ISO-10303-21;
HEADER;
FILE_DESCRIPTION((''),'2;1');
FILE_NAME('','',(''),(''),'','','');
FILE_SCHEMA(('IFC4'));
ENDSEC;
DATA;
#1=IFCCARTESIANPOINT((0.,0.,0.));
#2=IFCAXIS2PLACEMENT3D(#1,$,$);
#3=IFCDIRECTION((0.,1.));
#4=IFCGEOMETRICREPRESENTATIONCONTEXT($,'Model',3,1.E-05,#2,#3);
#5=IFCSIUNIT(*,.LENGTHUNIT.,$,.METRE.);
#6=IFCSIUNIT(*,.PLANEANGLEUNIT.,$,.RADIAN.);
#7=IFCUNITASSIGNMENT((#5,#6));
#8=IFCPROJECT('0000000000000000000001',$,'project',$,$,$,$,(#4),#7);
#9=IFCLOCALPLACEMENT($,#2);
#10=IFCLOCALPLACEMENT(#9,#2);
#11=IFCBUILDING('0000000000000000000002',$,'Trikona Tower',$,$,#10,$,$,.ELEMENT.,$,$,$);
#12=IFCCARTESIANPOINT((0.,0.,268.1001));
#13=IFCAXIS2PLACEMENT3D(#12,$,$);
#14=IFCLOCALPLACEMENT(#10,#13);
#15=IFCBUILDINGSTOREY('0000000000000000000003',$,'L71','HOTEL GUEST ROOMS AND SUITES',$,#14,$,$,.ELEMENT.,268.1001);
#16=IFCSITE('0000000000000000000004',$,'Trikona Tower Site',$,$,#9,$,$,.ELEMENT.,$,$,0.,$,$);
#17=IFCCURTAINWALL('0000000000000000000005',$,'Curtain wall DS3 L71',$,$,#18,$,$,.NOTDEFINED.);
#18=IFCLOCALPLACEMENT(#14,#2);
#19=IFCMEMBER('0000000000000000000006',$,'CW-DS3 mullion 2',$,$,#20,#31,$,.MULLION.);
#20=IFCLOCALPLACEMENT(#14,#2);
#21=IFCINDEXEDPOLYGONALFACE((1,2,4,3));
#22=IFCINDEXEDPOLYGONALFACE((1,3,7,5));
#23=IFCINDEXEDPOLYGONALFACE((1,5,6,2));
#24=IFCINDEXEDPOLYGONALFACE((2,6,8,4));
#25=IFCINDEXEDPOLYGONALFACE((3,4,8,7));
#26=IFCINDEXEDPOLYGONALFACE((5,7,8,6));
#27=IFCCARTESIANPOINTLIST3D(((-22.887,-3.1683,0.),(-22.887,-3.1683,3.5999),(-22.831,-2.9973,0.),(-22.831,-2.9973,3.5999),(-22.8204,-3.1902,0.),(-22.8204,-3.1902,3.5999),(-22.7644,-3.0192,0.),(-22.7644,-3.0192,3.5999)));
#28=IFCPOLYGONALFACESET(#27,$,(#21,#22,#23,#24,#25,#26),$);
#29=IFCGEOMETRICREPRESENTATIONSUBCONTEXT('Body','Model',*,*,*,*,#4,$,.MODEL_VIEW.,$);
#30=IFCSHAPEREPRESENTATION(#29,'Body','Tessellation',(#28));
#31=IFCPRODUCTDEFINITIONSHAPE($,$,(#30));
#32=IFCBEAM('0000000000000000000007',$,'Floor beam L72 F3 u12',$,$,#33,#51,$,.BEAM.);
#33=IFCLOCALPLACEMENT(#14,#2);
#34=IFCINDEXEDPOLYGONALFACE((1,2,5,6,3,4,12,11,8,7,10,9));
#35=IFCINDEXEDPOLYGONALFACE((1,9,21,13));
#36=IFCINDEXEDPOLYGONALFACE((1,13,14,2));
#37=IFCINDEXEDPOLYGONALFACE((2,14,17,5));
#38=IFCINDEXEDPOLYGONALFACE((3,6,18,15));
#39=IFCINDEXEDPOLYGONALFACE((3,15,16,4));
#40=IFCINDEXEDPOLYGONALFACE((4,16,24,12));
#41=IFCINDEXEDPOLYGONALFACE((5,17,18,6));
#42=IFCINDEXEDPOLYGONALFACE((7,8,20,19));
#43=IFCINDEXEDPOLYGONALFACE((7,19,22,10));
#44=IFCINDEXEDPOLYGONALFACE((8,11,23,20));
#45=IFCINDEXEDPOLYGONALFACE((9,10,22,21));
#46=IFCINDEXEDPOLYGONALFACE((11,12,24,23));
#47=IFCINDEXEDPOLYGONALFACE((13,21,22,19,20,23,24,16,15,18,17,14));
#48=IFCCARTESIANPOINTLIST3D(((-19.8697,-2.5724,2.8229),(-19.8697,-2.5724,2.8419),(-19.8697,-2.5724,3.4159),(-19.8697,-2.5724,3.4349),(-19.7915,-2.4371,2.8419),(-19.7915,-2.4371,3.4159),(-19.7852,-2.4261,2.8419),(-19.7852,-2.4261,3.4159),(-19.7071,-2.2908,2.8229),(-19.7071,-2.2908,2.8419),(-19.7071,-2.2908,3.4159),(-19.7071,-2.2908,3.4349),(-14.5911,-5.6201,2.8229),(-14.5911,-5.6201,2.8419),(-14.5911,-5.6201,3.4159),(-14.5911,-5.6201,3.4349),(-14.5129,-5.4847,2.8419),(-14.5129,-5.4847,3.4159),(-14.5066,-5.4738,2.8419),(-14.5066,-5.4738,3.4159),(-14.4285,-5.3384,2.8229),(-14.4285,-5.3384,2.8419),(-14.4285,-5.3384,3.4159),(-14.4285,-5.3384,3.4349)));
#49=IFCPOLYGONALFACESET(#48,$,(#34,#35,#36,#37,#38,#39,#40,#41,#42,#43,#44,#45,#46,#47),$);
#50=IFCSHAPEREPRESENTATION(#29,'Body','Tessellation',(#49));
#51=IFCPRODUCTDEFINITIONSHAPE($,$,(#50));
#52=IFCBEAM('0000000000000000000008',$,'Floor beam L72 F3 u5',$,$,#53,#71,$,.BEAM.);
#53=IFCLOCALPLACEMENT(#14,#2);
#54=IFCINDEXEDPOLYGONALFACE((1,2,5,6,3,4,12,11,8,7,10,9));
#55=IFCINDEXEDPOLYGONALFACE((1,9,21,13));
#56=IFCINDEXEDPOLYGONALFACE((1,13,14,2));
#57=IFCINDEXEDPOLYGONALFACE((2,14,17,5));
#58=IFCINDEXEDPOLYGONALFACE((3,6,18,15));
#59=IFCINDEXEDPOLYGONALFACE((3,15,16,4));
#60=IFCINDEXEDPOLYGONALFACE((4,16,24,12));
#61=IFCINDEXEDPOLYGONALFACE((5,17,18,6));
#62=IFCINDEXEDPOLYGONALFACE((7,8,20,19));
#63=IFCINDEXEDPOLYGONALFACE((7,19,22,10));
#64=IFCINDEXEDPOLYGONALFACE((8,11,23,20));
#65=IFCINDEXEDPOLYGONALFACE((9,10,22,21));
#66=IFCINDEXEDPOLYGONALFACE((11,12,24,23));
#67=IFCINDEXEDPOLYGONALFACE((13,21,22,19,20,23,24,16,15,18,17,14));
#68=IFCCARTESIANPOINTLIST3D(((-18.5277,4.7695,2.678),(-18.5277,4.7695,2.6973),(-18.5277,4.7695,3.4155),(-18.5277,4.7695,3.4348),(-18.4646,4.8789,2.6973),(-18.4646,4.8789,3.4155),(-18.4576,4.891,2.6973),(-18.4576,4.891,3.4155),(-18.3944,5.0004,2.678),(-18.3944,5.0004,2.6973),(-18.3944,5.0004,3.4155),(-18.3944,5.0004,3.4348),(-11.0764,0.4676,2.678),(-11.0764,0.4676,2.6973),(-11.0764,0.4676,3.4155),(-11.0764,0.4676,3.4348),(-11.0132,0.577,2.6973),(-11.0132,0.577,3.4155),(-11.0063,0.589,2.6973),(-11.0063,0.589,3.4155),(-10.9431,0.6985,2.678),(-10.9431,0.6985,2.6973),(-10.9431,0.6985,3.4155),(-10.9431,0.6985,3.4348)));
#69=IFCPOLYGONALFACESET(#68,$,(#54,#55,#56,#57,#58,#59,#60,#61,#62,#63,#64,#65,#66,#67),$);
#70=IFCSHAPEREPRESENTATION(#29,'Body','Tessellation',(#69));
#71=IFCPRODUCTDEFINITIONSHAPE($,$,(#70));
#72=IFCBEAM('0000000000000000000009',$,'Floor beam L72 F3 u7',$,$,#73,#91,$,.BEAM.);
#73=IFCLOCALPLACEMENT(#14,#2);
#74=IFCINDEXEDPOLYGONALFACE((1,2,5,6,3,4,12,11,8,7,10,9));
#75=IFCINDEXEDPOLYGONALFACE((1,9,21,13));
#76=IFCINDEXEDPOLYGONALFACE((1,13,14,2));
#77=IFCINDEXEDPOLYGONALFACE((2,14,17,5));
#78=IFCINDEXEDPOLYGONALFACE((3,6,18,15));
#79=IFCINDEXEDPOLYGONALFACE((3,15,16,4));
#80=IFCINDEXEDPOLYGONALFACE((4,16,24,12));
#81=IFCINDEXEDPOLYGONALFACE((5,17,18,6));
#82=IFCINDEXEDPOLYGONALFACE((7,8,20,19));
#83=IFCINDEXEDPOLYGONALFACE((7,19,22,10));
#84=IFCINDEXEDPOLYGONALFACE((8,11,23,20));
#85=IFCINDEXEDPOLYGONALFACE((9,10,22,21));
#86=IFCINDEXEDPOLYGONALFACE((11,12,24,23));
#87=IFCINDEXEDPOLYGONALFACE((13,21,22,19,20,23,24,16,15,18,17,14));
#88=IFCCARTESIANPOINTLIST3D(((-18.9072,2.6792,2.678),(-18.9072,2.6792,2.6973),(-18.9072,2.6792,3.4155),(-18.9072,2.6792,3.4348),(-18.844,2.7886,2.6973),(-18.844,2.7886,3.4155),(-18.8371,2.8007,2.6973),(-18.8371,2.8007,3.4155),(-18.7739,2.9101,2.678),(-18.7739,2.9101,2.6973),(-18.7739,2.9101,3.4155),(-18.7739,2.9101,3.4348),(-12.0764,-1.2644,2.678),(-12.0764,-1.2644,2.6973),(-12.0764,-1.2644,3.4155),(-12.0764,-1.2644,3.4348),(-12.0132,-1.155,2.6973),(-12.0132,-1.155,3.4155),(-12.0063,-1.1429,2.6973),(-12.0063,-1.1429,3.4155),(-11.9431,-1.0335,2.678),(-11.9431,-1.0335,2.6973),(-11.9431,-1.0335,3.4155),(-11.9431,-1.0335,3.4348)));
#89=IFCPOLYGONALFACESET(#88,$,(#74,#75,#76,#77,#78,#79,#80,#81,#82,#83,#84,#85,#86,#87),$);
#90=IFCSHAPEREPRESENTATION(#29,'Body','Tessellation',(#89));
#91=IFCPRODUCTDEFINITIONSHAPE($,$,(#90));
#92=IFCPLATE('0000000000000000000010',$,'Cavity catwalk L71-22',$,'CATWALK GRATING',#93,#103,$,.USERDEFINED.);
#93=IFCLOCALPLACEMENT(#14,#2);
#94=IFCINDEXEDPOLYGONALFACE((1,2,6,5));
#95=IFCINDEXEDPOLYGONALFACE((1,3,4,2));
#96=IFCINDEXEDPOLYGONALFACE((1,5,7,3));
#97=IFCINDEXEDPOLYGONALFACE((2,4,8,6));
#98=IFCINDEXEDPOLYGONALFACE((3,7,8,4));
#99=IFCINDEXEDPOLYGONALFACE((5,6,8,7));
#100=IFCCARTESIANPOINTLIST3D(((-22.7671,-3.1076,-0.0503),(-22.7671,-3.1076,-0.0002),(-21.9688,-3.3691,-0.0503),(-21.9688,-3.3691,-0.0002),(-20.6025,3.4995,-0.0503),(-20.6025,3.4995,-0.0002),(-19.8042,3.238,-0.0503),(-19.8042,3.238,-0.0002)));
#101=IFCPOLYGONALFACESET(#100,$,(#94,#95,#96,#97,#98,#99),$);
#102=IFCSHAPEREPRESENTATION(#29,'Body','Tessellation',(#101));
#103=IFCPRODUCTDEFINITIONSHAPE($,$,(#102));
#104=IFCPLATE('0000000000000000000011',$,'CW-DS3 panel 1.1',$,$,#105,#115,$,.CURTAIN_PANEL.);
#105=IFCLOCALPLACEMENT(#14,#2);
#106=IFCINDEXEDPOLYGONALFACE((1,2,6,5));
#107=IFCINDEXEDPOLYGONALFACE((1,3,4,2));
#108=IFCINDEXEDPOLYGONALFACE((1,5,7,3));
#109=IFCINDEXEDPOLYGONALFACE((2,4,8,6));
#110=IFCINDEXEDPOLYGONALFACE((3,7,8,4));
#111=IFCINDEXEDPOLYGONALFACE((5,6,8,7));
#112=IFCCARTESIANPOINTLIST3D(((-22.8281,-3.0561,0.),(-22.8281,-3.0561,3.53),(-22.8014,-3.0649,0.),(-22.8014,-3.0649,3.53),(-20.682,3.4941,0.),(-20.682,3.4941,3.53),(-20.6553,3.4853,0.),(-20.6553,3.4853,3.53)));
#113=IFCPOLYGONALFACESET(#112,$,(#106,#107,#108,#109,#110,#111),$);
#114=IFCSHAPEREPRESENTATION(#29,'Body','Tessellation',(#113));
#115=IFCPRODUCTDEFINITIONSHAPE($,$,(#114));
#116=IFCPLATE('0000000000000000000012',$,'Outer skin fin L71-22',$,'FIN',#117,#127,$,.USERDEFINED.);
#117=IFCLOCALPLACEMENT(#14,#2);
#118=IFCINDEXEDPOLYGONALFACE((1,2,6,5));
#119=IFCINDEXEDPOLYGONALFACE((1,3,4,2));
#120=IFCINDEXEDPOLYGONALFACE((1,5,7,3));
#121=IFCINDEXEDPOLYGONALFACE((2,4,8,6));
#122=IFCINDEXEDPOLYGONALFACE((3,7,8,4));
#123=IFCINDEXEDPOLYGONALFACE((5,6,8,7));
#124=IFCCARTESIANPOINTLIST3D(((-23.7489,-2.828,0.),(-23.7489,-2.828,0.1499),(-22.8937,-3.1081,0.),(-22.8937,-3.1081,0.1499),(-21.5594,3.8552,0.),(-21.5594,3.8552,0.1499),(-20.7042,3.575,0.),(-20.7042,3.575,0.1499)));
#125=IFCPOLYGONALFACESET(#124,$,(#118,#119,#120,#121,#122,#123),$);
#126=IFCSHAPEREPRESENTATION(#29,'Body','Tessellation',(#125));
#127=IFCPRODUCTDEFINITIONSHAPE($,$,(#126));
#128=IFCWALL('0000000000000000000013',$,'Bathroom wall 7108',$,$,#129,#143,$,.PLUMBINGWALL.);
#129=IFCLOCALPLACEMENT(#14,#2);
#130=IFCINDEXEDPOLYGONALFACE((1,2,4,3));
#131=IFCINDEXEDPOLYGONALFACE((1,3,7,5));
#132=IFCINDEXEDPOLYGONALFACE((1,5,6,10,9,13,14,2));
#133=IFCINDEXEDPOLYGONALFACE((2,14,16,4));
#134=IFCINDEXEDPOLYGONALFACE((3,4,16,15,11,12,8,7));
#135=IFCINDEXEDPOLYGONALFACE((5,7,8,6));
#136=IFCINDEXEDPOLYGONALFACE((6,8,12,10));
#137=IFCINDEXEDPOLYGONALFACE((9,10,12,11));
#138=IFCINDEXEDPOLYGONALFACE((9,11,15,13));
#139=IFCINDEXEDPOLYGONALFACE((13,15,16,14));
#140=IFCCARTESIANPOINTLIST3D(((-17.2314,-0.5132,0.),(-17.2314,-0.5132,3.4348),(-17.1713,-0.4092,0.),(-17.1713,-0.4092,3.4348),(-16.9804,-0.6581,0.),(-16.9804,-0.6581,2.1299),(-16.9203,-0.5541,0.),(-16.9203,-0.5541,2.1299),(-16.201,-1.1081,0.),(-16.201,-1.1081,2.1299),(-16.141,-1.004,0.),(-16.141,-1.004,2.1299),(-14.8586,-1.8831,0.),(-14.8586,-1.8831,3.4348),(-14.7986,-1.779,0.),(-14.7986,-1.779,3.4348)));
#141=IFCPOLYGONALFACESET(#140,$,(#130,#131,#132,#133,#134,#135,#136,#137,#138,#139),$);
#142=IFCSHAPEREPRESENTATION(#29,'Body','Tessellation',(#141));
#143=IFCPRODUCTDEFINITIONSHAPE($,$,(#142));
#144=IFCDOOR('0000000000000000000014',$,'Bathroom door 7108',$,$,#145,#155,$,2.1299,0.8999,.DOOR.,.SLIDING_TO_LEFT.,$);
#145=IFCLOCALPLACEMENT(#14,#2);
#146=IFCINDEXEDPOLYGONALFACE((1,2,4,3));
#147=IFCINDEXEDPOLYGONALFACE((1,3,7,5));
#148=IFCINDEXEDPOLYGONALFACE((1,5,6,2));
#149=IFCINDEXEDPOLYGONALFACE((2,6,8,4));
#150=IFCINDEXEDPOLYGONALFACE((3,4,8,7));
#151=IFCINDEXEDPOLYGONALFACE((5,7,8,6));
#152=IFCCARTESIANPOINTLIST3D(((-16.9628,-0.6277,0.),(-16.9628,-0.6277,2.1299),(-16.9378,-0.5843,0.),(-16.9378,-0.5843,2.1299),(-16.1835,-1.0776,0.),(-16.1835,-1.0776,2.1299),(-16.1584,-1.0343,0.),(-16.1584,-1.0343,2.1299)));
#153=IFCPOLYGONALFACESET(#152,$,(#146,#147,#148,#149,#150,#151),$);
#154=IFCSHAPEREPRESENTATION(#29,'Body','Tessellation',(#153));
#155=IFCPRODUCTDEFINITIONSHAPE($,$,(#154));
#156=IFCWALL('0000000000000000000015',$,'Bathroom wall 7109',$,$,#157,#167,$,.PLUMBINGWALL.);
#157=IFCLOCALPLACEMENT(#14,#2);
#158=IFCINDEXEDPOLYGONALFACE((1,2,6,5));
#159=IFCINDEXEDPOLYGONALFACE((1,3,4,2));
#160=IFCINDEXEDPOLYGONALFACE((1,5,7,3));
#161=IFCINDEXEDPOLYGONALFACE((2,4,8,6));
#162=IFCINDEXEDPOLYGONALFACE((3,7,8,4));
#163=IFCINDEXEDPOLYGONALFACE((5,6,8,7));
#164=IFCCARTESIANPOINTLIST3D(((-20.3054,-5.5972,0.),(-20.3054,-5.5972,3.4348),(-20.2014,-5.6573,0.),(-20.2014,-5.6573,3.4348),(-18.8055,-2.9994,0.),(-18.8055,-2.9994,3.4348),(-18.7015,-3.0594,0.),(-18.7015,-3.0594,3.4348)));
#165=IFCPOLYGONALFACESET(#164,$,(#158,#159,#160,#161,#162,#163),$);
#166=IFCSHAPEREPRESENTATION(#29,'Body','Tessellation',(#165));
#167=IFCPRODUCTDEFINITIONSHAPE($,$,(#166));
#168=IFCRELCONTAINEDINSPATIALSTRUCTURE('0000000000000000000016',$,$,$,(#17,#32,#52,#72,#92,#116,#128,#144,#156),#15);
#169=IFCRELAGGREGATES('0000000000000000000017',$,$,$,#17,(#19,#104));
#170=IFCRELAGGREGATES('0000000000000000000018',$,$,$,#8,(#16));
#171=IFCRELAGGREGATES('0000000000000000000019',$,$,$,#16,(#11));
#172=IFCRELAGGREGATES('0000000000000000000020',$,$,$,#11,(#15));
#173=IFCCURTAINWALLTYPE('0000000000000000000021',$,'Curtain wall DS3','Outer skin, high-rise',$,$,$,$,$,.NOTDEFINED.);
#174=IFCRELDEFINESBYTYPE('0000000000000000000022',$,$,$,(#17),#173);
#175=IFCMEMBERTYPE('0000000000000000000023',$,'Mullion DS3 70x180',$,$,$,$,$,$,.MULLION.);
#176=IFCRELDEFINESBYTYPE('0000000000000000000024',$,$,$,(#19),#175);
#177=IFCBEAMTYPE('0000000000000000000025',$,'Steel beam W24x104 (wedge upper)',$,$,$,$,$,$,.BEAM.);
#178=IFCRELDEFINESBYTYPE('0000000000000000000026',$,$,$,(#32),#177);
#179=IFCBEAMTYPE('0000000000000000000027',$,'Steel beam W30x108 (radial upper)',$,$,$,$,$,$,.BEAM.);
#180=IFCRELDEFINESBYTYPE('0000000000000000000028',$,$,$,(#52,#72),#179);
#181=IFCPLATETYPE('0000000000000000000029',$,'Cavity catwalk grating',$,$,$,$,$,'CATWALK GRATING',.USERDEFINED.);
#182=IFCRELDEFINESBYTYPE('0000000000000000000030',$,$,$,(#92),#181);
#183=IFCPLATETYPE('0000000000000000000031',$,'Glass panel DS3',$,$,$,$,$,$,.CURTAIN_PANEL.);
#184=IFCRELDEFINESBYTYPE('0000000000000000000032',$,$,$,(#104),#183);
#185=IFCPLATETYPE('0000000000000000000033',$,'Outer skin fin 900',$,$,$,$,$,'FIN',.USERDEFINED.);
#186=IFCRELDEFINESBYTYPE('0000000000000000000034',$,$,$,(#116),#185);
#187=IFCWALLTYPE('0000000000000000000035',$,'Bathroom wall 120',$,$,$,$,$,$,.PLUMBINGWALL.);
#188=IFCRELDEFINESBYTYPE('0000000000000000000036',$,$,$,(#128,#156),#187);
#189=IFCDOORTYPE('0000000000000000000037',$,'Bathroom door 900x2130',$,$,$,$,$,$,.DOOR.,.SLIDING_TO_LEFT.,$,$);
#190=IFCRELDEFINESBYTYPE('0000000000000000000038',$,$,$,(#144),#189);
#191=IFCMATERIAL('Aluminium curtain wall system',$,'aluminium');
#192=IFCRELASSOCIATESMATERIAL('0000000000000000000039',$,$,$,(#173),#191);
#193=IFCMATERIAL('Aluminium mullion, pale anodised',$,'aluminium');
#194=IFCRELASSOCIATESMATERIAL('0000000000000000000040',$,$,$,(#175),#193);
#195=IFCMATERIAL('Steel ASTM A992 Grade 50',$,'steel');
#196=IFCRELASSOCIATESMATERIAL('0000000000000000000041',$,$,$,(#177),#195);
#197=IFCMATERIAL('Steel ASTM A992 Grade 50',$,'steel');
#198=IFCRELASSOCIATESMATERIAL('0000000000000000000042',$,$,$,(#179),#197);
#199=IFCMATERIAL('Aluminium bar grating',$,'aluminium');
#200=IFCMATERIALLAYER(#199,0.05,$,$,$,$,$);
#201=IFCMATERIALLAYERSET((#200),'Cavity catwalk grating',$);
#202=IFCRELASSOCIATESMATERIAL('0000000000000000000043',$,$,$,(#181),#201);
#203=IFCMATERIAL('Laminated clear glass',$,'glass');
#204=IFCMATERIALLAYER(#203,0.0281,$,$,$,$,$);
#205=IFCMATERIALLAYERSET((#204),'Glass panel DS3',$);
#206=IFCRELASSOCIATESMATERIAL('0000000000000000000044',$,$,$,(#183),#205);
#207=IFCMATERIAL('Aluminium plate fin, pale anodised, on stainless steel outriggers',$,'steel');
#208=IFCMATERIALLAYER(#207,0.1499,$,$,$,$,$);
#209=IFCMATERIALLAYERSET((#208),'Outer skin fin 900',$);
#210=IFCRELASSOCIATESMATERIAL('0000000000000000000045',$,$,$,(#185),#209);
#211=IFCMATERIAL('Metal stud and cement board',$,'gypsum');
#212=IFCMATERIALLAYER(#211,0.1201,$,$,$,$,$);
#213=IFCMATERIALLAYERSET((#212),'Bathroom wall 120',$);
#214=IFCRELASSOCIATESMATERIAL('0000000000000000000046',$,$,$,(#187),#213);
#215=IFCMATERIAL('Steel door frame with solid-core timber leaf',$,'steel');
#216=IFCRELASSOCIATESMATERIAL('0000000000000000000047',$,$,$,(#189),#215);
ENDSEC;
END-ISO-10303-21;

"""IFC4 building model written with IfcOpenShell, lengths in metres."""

from ifc_helpers import new_model, si_unit, direction, frame, frame_2d, origin, origin_2d, place, context, subcontext, project, spatial, rectangle, i_section, extrude, material, layer, layer_set, material_profile, profile_set, type_object, element, fill, aggregate, save


model = new_model("IFC4")

# Units and contexts
model_context = context("Model", 3, precision=1e-05, world=origin(), true_north=direction((0.0, 1.0)))
body_context = subcontext(model_context, "Body", "Model", "MODEL_VIEW")
ifc_project = project(units=[si_unit("LENGTHUNIT", "METRE"), si_unit("PLANEANGLEUNIT", "RADIAN")], contexts=[model_context])

# Site, building, storey
site_placement = place(None, origin())
site = spatial("IfcSite", under=ifc_project, at=site_placement, Name="Trikona Tower Site", CompositionType="ELEMENT", RefElevation=0.0)
building_placement = place(site_placement, origin())
building = spatial("IfcBuilding", under=site, at=building_placement, Name="Trikona Tower", CompositionType="ELEMENT")
storey_placement = place(building_placement, frame((0.0, 0.0, 268.1001)))
storey = spatial("IfcBuildingStorey", under=building, at=storey_placement, Name="L71", Description="HOTEL GUEST ROOMS AND SUITES", CompositionType="ELEMENT", Elevation=268.1001)

# Curtain wall, member
ifc_material_1 = material(Name="Aluminium curtain wall system", Category="aluminium")
curtain_wall_type = type_object("IfcCurtainWallType", Name="Curtain wall DS3", Description="Outer skin, high-rise", PredefinedType="NOTDEFINED", material=ifc_material_1)
curtain_wall_placement = place(storey_placement, origin())
curtain_wall = element("IfcCurtainWall", 1, at=curtain_wall_placement, inside=storey, type_object=curtain_wall_type, Name="Curtain wall DS3 L71", PredefinedType="NOTDEFINED")
ifc_material_2 = material(Name="Aluminium mullion, pale anodised", Category="aluminium")
ifc_material_profile_1 = material_profile(ifc_material_2, rectangle(XDim=0.0701, YDim=0.1799, at=origin_2d()), Name="MUL-DS3")
ifc_profile_set_1 = profile_set([ifc_material_profile_1], Name="Aluminium mullion, pale anodised")
member_type = type_object("IfcMemberType", Name="Mullion DS3 70x180", PredefinedType="MULLION", material=ifc_profile_set_1)
member_placement = place(storey_placement, frame((-22.8257, -3.0938, 0.0), z_axis=(0.0, 0.0, 1.0), x_axis=(0.950297, -0.311344, 0.0)))
member = element("IfcMember", 2, at=member_placement, type_object=member_type, Name="CW-DS3 mullion 2", PredefinedType="MULLION", context=body_context, shape_type="SweptSolid", body=[
    extrude(rectangle(XDim=0.0701, YDim=0.1799, at=origin_2d()), origin(), (0.0, 0.0, 1.0), 3.5999),
])

# Beams
ifc_material_3 = material(Name="Steel ASTM A992 Grade 50", Category="steel")
ifc_material_profile_2 = material_profile(ifc_material_3, i_section(OverallWidth=0.3252, OverallDepth=0.6121, WebThickness=0.0127, FlangeThickness=0.019, at=origin_2d()), Name="W24X104")
ifc_profile_set_2 = profile_set([ifc_material_profile_2], Name="Steel ASTM A992 Grade 50")
beam_type_1 = type_object("IfcBeamType", Name="Steel beam W24x104 (wedge upper)", PredefinedType="BEAM", material=ifc_profile_set_2)
beam_1_placement = place(storey_placement, frame((-14.5098, -5.4792, 3.1289), z_axis=(-0.866023, 0.500003, 0.0), x_axis=(-0.500003, -0.866023, 0.0)))
element("IfcBeam", 3, at=beam_1_placement, inside=storey, type_object=beam_type_1, Name="Floor beam L72 F3 u12", PredefinedType="BEAM", context=body_context, shape_type="SweptSolid", body=[
    extrude(i_section(OverallWidth=0.3252, OverallDepth=0.6121, WebThickness=0.0127, FlangeThickness=0.019, at=origin_2d()), origin(), (0.0, 0.0, 1.0), 6.0952),
])
ifc_material_4 = material(Name="Steel ASTM A992 Grade 50", Category="steel")
ifc_material_profile_3 = material_profile(ifc_material_4, i_section(OverallWidth=0.2666, OverallDepth=0.7568, WebThickness=0.0139, FlangeThickness=0.0193, at=origin_2d()), Name="W30X108")
ifc_profile_set_3 = profile_set([ifc_material_profile_3], Name="Steel ASTM A992 Grade 50")
beam_type_2 = type_object("IfcBeamType", Name="Steel beam W30x108 (radial upper)", PredefinedType="BEAM", material=ifc_profile_set_3)
beam_2_placement = place(storey_placement, frame((-11.0098, 0.583, 3.0564), z_axis=(-0.866029, 0.499993, 0.0), x_axis=(-0.499993, -0.866029, 0.0)))
element("IfcBeam", 4, at=beam_2_placement, inside=storey, type_object=beam_type_2, Name="Floor beam L72 F3 u5", PredefinedType="BEAM", context=body_context, shape_type="SweptSolid", body=[
    extrude(i_section(OverallWidth=0.2666, OverallDepth=0.7568, WebThickness=0.0139, FlangeThickness=0.0193, at=origin_2d()), origin(), (0.0, 0.0, 1.0), 8.604),
])
beam_3_placement = place(storey_placement, frame((-12.0098, -1.1489, 3.0564), z_axis=(-0.866035, 0.499984, 0.0), x_axis=(-0.499984, -0.866035, 0.0)))
element("IfcBeam", 5, at=beam_3_placement, inside=storey, type_object=beam_type_2, Name="Floor beam L72 F3 u7", PredefinedType="BEAM", context=body_context, shape_type="SweptSolid", body=[
    extrude(i_section(OverallWidth=0.2666, OverallDepth=0.7568, WebThickness=0.0139, FlangeThickness=0.0193, at=origin_2d()), origin(), (0.0, 0.0, 1.0), 7.8875),
])

# Plates
ifc_material_5 = material(Name="Aluminium bar grating", Category="aluminium")
ifc_layer_1 = layer(ifc_material_5, 0.05)
ifc_layer_set_1 = layer_set([ifc_layer_1], Name="Cavity catwalk grating")
plate_type_1 = type_object("IfcPlateType", Name="Cavity catwalk grating", ElementType="CATWALK GRATING", PredefinedType="USERDEFINED", material=ifc_layer_set_1)
plate_1_placement = place(storey_placement, frame((-21.2856, 0.0652, -0.0503), z_axis=(0.0, 0.0, 1.0), x_axis=(-0.311337, -0.9503, 0.0)))
element("IfcPlate", 6, at=plate_1_placement, inside=storey, type_object=plate_type_1, Name="Cavity catwalk L71-22", ObjectType="CATWALK GRATING", PredefinedType="USERDEFINED", context=body_context, shape_type="SweptSolid", body=[
    extrude(rectangle(XDim=6.9526, YDim=0.8401, at=origin_2d()), origin(), (0.0, 0.0, 1.0), 0.05),
])
ifc_material_6 = material(Name="Laminated clear glass", Category="glass")
ifc_layer_2 = layer(ifc_material_6, 0.0281)
ifc_layer_set_2 = layer_set([ifc_layer_2], Name="Glass panel DS3")
plate_type_2 = type_object("IfcPlateType", Name="Glass panel DS3", PredefinedType="CURTAIN_PANEL", material=ifc_layer_set_2)
plate_2_placement = place(storey_placement, frame((-21.7417, 0.2146, 0.0), z_axis=(0.0, 0.0, 1.0), x_axis=(-0.311344, -0.950297, 0.0)))
plate_2 = element("IfcPlate", 7, at=plate_2_placement, type_object=plate_type_2, Name="CW-DS3 panel 1.1", PredefinedType="CURTAIN_PANEL", context=body_context, shape_type="SweptSolid", body=[
    extrude(rectangle(XDim=6.8928, YDim=0.0281, at=origin_2d()), origin(), (0.0, 0.0, 1.0), 3.53),
])
aggregate(curtain_wall, [member, plate_2])
ifc_material_7 = material(Name="Aluminium plate fin, pale anodised, on stainless steel outriggers", Category="steel")
ifc_layer_3 = layer(ifc_material_7, 0.1499)
ifc_layer_set_3 = layer_set([ifc_layer_3], Name="Outer skin fin 900")
plate_type_3 = type_object("IfcPlateType", Name="Outer skin fin 900", ElementType="FIN", PredefinedType="USERDEFINED", material=ifc_layer_set_3)
plate_3_placement = place(storey_placement, frame((-22.2266, 0.3735, 0.0), z_axis=(0.0, 0.0, 1.0), x_axis=(-0.311337, -0.9503, 0.0)))
element("IfcPlate", 8, at=plate_3_placement, inside=storey, type_object=plate_type_3, Name="Outer skin fin L71-22", ObjectType="FIN", PredefinedType="USERDEFINED", context=body_context, shape_type="SweptSolid", body=[
    extrude(rectangle(XDim=7.0327, YDim=0.8999, at=origin_2d()), origin(), (0.0, 0.0, 1.0), 0.1499),
])

# Wall, opening, door
ifc_material_8 = material(Name="Metal stud and cement board", Category="gypsum")
ifc_layer_4 = layer(ifc_material_8, 0.1201)
ifc_layer_set_4 = layer_set([ifc_layer_4], Name="Bathroom wall 120")
wall_type_1 = type_object("IfcWallType", Name="Bathroom wall 120", PredefinedType="PLUMBINGWALL", material=ifc_layer_set_4)
wall_1_placement = place(storey_placement, frame((-14.8286, -1.8311, 0.0), z_axis=(0.0, 0.0, 1.0), x_axis=(-0.866036, 0.499982, 0.0)))
wall_1 = element("IfcWall", 9, at=wall_1_placement, inside=storey, type_object=wall_type_1, Name="Bathroom wall 7108", PredefinedType="PLUMBINGWALL", context=body_context, shape_type="SweptSolid", body=[
    extrude(rectangle(XDim=2.7397, YDim=0.1201, at=frame_2d((1.3699, 0.0))), origin(), (0.0, 0.0, 1.0), 3.4348),
])
opening_1_placement = place(wall_1_placement, frame((1.55, 0.0, 0.0)))
opening_1 = element("IfcOpeningElement", 10, at=opening_1_placement, cuts=wall_1, PredefinedType="OPENING", context=body_context, shape_type="SweptSolid", body=[
    extrude(rectangle(XDim=0.8999, YDim=2.1299, at=frame_2d((0.45, 1.0649))), frame((0.0, 0.0701, 0.0), z_axis=(0.0, -1.0, 0.0), x_axis=(1.0, 0.0, 0.0)), (0.0, 0.0, 1.0), 0.1401),
])
ifc_material_9 = material(Name="Steel door frame with solid-core timber leaf", Category="steel")
door_type_1 = type_object("IfcDoorType", Name="Bathroom door 900x2130", OperationType="SLIDING_TO_LEFT", PredefinedType="DOOR", material=ifc_material_9)
door_1_placement = place(opening_1_placement, origin())
door_1 = element("IfcDoor", 11, at=door_1_placement, inside=storey, type_object=door_type_1, Name="Bathroom door 7108", OperationType="SLIDING_TO_LEFT", OverallHeight=2.1299, OverallWidth=0.8999, PredefinedType="DOOR", context=body_context, shape_type="SweptSolid", body=[
    extrude(rectangle(XDim=0.8999, YDim=2.1299, at=frame_2d((0.45, 1.0649))), frame((0.0, 0.0249, 0.0), z_axis=(0.0, -1.0, 0.0), x_axis=(1.0, 0.0, 0.0)), (0.0, 0.0, 1.0), 0.05),
])
fill(opening_1, door_1)

# Wall
wall_2_placement = place(storey_placement, frame((-18.7534, -3.0293, 0.0), z_axis=(0.0, 0.0, 1.0), x_axis=(-0.500025, -0.866011, 0.0)))
element("IfcWall", 12, at=wall_2_placement, inside=storey, type_object=wall_type_1, Name="Bathroom wall 7109", PredefinedType="PLUMBINGWALL", context=body_context, shape_type="SweptSolid", body=[
    extrude(rectangle(XDim=2.9998, YDim=0.1201, at=frame_2d((1.5, 0.0))), origin(), (0.0, 0.0, 1.0), 3.4348),
])

save(model, "model.ifc")
